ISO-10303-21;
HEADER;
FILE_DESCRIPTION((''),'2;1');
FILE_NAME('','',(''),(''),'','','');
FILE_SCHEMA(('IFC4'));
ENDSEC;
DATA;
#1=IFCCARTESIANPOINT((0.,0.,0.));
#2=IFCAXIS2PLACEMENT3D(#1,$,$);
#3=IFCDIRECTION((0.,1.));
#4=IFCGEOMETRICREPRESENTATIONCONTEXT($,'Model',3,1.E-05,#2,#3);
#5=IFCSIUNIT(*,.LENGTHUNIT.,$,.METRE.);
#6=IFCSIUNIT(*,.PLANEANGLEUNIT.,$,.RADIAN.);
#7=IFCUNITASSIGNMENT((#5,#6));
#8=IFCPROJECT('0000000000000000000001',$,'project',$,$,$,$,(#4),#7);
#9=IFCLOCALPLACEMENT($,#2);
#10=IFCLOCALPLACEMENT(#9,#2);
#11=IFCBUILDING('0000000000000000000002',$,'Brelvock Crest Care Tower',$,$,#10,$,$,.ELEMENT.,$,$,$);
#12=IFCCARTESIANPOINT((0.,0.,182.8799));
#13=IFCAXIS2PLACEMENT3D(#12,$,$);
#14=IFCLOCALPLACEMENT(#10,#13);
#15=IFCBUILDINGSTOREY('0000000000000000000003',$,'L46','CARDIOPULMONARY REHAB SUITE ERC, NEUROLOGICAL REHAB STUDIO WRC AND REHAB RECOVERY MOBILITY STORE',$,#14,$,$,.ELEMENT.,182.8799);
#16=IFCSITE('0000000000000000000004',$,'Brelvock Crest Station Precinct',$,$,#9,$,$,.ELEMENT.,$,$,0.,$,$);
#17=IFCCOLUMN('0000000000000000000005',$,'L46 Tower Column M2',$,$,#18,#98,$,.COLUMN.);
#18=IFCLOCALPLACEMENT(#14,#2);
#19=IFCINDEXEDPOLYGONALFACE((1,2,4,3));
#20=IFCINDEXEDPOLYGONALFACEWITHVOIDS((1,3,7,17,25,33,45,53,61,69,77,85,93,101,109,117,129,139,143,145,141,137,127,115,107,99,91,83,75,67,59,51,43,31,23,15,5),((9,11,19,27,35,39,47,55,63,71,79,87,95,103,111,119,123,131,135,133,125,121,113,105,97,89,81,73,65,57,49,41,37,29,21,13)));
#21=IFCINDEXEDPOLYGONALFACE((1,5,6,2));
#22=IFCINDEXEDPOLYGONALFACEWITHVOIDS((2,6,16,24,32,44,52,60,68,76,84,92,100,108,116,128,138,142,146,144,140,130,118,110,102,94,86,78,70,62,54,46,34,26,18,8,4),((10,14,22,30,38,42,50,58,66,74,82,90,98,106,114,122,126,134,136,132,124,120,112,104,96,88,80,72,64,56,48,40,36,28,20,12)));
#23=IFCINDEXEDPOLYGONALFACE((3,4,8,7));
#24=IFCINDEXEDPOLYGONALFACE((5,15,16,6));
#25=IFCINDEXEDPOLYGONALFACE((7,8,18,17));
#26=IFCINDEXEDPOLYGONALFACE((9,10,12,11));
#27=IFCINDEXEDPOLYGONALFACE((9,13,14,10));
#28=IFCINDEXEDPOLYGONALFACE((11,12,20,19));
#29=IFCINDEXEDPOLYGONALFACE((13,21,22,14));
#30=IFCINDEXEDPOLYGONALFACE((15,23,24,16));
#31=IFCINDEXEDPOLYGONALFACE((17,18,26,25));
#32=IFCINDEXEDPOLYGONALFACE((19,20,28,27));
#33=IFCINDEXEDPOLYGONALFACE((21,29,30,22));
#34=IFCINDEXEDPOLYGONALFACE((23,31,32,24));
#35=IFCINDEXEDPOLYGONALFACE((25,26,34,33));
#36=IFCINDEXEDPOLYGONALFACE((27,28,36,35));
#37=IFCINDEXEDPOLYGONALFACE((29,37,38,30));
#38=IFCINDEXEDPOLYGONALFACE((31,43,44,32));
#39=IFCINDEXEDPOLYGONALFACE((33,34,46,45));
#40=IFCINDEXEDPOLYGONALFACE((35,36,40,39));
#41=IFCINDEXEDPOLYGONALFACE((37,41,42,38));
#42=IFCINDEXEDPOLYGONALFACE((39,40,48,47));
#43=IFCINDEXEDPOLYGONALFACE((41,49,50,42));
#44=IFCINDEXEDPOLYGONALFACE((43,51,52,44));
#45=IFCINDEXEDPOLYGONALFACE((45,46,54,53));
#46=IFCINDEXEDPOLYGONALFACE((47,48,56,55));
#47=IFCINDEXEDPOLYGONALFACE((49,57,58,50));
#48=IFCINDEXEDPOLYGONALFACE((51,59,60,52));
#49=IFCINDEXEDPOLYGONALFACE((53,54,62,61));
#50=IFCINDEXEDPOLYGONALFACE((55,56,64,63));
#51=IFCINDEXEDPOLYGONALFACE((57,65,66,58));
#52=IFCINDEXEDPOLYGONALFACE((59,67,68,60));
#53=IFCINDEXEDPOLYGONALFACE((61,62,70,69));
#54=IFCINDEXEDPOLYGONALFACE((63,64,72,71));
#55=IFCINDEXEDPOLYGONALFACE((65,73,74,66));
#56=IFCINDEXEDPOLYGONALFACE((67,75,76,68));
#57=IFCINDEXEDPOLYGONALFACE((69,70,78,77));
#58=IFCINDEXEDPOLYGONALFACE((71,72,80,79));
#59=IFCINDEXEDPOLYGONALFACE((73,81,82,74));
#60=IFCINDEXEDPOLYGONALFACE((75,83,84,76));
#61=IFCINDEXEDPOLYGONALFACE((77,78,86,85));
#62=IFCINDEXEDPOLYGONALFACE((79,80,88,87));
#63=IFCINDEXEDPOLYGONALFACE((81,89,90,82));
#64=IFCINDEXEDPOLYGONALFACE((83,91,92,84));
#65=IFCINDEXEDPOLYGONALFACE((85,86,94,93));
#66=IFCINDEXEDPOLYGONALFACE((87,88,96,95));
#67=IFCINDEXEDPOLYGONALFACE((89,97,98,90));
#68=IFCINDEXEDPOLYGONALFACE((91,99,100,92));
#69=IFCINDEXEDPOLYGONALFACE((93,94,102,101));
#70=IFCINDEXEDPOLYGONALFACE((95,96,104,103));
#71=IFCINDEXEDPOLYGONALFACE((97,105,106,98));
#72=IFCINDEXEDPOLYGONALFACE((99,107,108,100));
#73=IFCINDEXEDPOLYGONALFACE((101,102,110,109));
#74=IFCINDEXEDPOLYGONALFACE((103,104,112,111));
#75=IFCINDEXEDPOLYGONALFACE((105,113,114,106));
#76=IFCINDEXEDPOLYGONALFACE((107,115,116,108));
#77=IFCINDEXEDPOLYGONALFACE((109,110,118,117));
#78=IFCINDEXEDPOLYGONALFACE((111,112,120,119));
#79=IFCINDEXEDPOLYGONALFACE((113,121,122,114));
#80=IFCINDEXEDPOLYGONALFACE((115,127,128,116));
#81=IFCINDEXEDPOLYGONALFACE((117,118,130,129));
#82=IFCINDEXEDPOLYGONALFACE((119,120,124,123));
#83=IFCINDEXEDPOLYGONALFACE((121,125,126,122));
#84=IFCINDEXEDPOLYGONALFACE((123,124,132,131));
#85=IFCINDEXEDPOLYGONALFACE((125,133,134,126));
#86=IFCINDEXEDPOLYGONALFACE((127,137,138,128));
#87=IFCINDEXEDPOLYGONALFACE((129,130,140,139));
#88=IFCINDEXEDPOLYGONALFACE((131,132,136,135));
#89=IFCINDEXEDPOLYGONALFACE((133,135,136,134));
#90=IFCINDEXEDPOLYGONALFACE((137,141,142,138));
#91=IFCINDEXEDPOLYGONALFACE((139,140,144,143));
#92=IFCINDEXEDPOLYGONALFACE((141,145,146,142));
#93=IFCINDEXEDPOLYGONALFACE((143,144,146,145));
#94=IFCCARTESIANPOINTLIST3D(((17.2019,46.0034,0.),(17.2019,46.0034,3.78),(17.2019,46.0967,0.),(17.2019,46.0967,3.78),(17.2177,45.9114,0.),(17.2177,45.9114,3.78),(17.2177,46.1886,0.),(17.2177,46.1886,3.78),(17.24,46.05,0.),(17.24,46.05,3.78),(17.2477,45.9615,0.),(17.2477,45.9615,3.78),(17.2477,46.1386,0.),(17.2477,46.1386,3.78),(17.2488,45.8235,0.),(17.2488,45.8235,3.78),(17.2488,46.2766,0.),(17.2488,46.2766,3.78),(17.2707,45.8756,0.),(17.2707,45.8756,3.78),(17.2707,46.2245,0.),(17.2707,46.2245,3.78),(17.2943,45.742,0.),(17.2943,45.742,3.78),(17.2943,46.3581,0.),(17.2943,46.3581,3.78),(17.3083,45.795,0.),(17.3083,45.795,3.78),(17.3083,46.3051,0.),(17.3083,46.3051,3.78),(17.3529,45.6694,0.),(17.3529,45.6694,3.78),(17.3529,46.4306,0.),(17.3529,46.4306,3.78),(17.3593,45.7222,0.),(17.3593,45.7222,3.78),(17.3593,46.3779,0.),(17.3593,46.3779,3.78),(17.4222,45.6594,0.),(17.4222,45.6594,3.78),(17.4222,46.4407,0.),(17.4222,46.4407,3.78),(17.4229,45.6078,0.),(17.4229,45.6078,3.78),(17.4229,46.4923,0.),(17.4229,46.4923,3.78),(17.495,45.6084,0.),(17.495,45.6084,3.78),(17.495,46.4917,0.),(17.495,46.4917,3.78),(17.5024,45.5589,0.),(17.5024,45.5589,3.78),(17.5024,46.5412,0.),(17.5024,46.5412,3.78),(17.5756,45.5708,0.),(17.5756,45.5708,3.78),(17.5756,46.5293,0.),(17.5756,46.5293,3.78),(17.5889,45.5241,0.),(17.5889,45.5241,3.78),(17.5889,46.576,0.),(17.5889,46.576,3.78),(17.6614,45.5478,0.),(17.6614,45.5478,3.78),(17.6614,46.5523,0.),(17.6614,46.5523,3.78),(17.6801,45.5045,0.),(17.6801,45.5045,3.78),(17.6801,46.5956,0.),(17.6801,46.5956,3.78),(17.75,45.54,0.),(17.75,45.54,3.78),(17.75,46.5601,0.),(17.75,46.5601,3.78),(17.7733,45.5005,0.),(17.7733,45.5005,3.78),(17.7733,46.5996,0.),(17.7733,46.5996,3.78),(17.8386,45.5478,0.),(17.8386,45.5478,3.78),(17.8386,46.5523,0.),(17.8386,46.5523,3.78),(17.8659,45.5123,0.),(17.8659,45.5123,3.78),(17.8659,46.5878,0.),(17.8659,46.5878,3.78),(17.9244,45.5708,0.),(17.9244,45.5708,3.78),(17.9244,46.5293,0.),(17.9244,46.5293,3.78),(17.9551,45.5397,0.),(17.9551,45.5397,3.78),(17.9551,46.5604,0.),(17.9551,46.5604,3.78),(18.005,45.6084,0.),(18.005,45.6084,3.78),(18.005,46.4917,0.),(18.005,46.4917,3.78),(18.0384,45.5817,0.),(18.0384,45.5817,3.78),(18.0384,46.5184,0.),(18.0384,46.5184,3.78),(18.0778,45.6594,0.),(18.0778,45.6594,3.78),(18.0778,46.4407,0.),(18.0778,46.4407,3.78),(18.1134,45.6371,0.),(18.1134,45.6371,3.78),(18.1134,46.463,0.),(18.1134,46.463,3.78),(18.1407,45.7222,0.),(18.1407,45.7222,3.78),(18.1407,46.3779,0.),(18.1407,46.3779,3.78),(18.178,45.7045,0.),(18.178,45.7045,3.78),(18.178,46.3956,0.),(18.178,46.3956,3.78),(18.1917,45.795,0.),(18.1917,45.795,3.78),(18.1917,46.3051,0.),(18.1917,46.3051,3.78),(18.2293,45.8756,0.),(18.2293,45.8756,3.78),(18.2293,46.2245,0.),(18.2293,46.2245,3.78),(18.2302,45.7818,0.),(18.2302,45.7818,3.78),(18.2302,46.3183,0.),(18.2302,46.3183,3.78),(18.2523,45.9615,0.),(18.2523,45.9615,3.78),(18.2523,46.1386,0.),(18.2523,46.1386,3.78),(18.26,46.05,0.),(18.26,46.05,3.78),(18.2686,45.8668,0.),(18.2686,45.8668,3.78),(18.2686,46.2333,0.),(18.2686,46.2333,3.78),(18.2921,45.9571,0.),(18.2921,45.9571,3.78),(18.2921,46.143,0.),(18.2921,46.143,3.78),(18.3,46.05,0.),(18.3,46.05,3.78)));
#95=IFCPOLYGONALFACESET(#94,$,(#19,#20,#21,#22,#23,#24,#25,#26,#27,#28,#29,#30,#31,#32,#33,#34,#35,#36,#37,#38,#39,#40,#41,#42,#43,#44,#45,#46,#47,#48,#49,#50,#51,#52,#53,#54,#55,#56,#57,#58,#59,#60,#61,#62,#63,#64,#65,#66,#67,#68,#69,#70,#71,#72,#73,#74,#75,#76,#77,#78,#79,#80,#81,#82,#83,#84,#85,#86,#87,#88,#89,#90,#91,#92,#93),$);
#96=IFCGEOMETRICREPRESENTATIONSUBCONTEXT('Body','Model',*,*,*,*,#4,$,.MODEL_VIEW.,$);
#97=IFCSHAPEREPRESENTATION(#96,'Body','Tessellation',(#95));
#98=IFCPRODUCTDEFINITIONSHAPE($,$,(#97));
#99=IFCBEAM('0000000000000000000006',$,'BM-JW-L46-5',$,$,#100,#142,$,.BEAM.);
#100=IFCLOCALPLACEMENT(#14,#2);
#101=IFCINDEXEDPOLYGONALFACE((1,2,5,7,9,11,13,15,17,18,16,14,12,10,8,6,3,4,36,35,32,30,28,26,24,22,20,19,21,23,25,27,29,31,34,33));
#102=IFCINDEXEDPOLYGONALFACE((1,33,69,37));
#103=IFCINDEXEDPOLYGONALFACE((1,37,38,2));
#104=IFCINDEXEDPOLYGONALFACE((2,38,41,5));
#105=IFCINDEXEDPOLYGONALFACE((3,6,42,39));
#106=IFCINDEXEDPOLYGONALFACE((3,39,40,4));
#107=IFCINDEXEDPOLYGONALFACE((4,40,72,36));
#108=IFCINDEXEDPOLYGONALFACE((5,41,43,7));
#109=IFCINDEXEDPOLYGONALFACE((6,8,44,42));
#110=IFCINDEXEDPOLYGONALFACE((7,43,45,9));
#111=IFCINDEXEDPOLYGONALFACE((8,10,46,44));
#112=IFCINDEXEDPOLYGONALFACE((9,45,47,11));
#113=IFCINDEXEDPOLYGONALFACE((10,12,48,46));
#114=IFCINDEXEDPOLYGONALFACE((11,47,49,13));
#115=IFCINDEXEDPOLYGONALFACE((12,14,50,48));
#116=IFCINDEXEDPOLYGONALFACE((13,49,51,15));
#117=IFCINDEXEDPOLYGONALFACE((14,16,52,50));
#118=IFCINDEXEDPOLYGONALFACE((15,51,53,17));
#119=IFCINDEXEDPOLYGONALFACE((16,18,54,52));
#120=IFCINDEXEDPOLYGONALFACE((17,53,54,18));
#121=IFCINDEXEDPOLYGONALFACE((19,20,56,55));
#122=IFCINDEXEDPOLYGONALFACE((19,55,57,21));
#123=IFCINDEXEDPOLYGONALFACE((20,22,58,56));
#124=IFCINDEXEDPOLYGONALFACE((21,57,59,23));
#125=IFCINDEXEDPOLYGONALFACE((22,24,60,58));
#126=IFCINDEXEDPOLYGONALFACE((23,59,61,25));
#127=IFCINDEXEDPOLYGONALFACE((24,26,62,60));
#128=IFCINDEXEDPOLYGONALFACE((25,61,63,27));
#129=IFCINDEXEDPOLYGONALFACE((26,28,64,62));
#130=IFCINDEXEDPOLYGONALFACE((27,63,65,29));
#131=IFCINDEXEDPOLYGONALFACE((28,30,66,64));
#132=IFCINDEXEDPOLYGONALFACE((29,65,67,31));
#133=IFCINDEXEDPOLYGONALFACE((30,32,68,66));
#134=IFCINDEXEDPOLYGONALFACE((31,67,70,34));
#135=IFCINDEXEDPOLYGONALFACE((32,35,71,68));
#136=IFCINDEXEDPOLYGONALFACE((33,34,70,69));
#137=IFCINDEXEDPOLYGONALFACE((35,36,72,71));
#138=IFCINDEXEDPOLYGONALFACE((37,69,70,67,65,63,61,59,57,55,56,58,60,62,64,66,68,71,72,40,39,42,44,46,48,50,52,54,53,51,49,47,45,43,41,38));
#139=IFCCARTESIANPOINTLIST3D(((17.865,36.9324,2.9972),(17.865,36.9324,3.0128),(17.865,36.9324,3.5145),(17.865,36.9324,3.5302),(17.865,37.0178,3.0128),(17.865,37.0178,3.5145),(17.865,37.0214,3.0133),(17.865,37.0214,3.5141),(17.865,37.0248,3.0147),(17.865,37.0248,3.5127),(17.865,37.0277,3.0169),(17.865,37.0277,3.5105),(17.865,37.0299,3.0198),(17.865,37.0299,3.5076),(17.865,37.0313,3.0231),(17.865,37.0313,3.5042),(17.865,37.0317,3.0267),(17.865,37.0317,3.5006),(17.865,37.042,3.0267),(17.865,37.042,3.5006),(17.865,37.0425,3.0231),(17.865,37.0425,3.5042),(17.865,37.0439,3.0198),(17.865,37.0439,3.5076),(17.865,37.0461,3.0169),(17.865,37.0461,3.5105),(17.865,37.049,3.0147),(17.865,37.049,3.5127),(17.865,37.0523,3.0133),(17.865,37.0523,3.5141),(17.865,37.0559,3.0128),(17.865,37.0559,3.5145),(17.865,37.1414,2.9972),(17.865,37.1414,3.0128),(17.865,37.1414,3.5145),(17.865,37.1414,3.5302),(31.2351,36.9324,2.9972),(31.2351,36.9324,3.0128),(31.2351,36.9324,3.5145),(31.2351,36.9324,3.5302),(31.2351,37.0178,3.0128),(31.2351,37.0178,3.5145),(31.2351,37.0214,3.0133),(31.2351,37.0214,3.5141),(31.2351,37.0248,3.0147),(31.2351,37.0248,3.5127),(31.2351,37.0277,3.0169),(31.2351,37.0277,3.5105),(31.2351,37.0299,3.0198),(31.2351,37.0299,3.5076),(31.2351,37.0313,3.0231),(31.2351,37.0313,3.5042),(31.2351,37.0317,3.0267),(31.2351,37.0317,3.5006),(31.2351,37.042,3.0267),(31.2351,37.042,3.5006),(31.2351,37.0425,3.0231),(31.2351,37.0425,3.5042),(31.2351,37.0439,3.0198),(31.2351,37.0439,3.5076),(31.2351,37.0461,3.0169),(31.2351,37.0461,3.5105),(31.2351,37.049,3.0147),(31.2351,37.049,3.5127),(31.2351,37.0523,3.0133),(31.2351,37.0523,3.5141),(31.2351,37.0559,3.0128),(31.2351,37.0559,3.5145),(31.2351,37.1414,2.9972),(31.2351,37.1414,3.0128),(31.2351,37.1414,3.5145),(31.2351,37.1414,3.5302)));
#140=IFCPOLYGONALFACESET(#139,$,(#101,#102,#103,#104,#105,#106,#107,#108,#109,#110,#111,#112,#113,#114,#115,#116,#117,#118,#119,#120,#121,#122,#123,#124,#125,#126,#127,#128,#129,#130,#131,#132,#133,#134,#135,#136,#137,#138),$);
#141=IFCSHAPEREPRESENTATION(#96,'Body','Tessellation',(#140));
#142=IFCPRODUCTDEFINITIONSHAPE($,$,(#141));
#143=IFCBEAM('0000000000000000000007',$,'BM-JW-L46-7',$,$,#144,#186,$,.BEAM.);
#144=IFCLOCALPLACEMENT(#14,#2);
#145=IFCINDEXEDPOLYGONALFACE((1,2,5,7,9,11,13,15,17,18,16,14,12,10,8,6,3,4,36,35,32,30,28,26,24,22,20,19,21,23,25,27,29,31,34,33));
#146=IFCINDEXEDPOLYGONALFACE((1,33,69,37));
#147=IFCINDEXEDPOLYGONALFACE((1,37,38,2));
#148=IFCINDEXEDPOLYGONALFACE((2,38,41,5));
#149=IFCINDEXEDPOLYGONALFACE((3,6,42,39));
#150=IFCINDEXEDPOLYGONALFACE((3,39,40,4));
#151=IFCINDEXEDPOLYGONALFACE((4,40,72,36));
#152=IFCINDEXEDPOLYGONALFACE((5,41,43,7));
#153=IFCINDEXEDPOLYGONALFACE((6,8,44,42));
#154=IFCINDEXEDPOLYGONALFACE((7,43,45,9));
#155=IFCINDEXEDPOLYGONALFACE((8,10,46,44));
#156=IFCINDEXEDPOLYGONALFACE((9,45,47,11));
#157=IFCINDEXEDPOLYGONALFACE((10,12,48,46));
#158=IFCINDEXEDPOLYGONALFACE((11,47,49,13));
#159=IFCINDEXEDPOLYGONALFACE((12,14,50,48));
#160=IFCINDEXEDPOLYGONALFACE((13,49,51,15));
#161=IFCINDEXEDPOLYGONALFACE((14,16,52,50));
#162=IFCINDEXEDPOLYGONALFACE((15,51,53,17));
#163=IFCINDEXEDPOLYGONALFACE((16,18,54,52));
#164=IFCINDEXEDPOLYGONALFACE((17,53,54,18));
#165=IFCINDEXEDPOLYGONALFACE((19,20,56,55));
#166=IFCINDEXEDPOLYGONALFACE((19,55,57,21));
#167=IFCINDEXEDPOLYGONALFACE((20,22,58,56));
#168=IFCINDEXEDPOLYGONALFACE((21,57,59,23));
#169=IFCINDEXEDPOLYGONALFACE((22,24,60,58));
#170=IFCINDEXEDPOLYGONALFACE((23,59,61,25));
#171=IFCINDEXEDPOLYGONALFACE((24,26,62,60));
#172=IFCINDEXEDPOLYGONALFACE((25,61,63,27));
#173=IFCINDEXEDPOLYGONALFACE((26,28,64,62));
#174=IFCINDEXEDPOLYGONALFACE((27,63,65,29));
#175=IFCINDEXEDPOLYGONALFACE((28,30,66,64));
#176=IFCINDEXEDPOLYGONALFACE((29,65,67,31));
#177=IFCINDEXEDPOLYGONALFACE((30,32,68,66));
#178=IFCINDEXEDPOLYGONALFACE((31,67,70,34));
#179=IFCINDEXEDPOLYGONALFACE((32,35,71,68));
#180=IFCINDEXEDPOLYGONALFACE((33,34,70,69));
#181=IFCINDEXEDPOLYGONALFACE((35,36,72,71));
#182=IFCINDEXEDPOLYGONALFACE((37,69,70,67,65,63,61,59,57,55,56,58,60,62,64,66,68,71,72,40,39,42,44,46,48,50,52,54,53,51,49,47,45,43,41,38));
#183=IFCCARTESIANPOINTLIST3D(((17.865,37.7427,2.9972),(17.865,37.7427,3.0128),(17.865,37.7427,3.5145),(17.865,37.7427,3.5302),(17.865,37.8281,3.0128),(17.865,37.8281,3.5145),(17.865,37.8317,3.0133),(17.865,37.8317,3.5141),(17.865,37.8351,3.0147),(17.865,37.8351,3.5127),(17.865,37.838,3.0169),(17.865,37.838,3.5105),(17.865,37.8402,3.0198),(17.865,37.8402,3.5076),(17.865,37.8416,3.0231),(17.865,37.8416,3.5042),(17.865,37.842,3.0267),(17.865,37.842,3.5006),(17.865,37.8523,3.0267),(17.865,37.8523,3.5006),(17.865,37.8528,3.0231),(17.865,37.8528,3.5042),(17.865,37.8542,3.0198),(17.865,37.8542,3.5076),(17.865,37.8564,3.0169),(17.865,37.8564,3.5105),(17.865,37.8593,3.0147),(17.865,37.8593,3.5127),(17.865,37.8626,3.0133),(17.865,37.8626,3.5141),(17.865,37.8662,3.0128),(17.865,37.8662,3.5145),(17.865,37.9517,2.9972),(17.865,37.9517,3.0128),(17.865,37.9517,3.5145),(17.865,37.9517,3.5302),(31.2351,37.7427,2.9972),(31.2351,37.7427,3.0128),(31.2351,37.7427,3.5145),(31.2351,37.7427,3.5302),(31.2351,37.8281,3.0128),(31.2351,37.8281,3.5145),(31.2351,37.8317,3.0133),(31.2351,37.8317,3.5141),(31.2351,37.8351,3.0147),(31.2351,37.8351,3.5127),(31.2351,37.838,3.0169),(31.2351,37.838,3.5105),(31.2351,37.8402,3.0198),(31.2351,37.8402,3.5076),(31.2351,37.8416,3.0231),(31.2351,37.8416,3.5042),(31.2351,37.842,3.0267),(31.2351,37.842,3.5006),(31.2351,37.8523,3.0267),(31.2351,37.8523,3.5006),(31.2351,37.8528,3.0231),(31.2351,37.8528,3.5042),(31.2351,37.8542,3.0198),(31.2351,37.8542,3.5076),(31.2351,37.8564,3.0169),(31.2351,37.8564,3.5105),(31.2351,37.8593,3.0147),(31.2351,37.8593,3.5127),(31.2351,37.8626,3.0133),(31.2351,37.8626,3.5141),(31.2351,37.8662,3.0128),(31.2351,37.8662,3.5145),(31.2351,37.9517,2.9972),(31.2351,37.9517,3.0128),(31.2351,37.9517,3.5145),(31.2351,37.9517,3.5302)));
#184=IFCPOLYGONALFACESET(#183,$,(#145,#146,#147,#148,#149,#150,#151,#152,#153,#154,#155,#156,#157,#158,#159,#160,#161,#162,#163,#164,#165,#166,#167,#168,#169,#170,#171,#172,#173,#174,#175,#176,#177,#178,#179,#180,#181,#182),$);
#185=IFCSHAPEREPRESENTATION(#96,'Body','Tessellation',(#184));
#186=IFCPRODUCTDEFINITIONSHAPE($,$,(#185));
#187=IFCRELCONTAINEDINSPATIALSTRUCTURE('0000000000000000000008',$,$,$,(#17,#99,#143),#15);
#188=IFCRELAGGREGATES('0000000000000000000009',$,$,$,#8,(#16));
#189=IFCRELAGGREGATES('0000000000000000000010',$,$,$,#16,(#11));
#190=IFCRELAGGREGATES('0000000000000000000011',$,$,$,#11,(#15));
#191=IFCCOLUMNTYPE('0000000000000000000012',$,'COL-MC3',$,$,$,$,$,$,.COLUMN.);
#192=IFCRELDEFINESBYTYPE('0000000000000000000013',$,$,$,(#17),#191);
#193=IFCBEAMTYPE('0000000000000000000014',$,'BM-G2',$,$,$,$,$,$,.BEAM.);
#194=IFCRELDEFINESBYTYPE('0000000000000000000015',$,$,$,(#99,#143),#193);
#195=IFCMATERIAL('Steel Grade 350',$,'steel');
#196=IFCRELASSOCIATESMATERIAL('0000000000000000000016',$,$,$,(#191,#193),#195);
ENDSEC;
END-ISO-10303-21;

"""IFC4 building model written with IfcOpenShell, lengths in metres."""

from ifc_helpers import new_model, si_unit, direction, frame, origin, origin_2d, place, context, subcontext, project, spatial, hollow_circle, i_section, extrude, source, transform, mapped, material, material_profile, profile_set, type_object, element, save


model = new_model("IFC4")

# Units and contexts
model_context = context("Model", 3, precision=1e-05, world=origin(), true_north=direction((0.0, 1.0)))
body_context = subcontext(model_context, "Body", "Model", "MODEL_VIEW")
ifc_project = project(units=[si_unit("LENGTHUNIT", "METRE"), si_unit("PLANEANGLEUNIT", "RADIAN")], contexts=[model_context])

# Site, building, storey
site_placement = place(None, origin())
site = spatial("IfcSite", under=ifc_project, at=site_placement, Name="Brelvock Crest Station Precinct", CompositionType="ELEMENT", RefElevation=0.0)
building_placement = place(site_placement, origin())
building = spatial("IfcBuilding", under=site, at=building_placement, Name="Brelvock Crest Care Tower", CompositionType="ELEMENT")
storey_placement = place(building_placement, frame((0.0, 0.0, 182.8799)))
storey = spatial("IfcBuildingStorey", under=building, at=storey_placement, Name="L46", Description="CARDIOPULMONARY REHAB SUITE ERC, NEUROLOGICAL REHAB STUDIO WRC AND REHAB RECOVERY MOBILITY STORE", CompositionType="ELEMENT", Elevation=182.8799)

# Column
ifc_material_1 = material(Name="Steel Grade 350", Category="steel")
ifc_material_profile_1 = material_profile(ifc_material_1, hollow_circle(Radius=0.55, WallThickness=0.04, at=origin_2d()), Name="CFT1100x40")
ifc_profile_set_1 = profile_set([ifc_material_profile_1], Name="Steel Grade 350")
column_type = type_object("IfcColumnType", Name="COL-MC3", PredefinedType="COLUMN", material=ifc_profile_set_1)
shared_shape_1 = source(origin(), body_context, "Body", "SweptSolid", [
    extrude(hollow_circle(Radius=0.55, WallThickness=0.04, at=origin_2d()), origin(), (0.0, 0.0, 1.0), 3.78),
])
column_placement = place(storey_placement, frame((17.75, 46.05, 0.0), z_axis=(0.0, 0.0, 1.0), x_axis=(1.0, 0.0, 0.0)))
element("IfcColumn", 1, at=column_placement, inside=storey, type_object=column_type, Name="L46 Tower Column M2", PredefinedType="COLUMN", context=body_context, shape_type="MappedRepresentation", body=[
    mapped(shared_shape_1, transform((0.0, 0.0, 0.0), x_axis=(1.0, 0.0, 0.0), y_axis=(0.0, 1.0, 0.0), z_axis=(0.0, 0.0, 1.0), scale=1.0)),
])

# Beams
ifc_material_profile_2 = material_profile(ifc_material_1, i_section(OverallWidth=0.209, OverallDepth=0.533, WebThickness=0.0103, FlangeThickness=0.0156, FilletRadius=0.0139, at=origin_2d()), Name="530UB92.4")
ifc_profile_set_2 = profile_set([ifc_material_profile_2], Name="Steel Grade 350")
beam_type_1 = type_object("IfcBeamType", Name="BM-G2", PredefinedType="BEAM", material=ifc_profile_set_2)
shared_shape_2 = source(origin(), body_context, "Body", "SweptSolid", [
    extrude(i_section(OverallWidth=0.209, OverallDepth=0.533, WebThickness=0.0103, FlangeThickness=0.0156, FilletRadius=0.0139, at=origin_2d()), origin(), (0.0, 0.0, 1.0), 13.3701),
])
for number, where, z_axis, x_axis, name in (
    (2, (17.865, 37.0369, 3.2637), (1.0, 0.0, 0.0), (0.0, 1.0, 0.0), "BM-JW-L46-5"),
    (3, (17.865, 37.8472, 3.2637), (1.0, 0.0, 0.0), (0.0, 1.0, 0.0), "BM-JW-L46-7"),
):
    element("IfcBeam", number, at=place(storey_placement, frame(where, z_axis=z_axis, x_axis=x_axis)), inside=storey, type_object=beam_type_1, Name=name, PredefinedType="BEAM", context=body_context, shape_type="MappedRepresentation", body=[
        mapped(shared_shape_2, transform((0.0, 0.0, 0.0), x_axis=(1.0, 0.0, 0.0), y_axis=(0.0, 1.0, 0.0), z_axis=(0.0, 0.0, 1.0), scale=1.0)),
    ])

save(model, "model.ifc")
